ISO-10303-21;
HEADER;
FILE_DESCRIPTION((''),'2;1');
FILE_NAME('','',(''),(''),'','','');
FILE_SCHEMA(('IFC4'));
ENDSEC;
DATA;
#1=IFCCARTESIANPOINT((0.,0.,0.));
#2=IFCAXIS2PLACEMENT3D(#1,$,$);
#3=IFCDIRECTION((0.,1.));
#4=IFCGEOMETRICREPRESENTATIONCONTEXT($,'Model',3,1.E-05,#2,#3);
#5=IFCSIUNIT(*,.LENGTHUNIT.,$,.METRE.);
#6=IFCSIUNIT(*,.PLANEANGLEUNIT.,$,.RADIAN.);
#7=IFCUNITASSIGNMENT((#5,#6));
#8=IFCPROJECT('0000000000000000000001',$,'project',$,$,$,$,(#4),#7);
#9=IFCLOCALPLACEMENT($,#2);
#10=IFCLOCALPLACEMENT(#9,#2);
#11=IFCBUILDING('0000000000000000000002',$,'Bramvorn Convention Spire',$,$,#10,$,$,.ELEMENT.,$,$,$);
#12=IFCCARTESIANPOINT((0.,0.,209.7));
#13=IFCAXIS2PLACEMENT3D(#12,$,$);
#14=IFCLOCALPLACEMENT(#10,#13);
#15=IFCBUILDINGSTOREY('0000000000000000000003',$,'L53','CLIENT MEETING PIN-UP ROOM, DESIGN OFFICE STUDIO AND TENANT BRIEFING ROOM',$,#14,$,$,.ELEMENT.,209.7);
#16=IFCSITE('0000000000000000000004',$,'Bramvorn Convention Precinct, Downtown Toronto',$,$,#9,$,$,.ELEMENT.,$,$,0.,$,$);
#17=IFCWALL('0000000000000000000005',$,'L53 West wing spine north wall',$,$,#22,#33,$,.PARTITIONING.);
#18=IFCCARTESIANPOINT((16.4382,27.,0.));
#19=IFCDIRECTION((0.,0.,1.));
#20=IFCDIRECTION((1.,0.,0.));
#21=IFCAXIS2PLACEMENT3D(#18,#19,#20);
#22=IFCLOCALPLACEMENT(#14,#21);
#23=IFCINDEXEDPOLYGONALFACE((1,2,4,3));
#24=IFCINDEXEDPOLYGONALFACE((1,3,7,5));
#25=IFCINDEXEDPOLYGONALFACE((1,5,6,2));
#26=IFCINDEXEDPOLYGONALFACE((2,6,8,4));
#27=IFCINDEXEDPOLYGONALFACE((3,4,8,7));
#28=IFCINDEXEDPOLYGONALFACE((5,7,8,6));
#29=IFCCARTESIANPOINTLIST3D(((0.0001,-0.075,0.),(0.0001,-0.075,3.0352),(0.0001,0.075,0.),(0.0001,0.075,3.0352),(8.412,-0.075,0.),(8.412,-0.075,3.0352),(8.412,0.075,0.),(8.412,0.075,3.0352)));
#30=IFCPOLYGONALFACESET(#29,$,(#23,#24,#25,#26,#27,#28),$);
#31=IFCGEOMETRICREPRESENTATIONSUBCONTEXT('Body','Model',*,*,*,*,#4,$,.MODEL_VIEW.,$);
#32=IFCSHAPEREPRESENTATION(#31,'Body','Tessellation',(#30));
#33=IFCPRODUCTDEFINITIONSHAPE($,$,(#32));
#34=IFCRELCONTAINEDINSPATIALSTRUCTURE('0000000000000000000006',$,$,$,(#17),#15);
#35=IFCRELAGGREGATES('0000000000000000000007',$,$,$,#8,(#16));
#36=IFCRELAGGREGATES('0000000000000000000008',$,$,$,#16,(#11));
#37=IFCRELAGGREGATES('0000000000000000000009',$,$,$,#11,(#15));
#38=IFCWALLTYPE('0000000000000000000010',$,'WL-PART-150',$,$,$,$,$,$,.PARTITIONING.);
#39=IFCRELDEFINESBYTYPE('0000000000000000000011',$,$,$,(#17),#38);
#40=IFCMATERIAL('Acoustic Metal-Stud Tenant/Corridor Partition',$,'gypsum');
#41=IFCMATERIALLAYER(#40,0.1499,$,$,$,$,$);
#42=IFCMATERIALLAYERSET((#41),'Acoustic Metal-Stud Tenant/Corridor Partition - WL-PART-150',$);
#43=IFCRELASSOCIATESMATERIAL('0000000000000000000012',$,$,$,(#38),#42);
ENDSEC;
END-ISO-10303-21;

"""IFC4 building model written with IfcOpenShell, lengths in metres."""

from ifc_helpers import new_model, si_unit, direction, frame, frame_2d, origin, place, context, subcontext, project, spatial, rectangle, extrude, material, layer, layer_set, type_object, element, save


model = new_model("IFC4")

# Units and contexts
model_context = context("Model", 3, precision=1e-05, world=origin(), true_north=direction((0.0, 1.0)))
body_context = subcontext(model_context, "Body", "Model", "MODEL_VIEW")
ifc_project = project(units=[si_unit("LENGTHUNIT", "METRE"), si_unit("PLANEANGLEUNIT", "RADIAN")], contexts=[model_context])

# Site, building, storey
site_placement = place(None, origin())
site = spatial("IfcSite", under=ifc_project, at=site_placement, Name="Bramvorn Convention Precinct, Downtown Toronto", CompositionType="ELEMENT", RefElevation=0.0)
building_placement = place(site_placement, origin())
building = spatial("IfcBuilding", under=site, at=building_placement, Name="Bramvorn Convention Spire", CompositionType="ELEMENT")
storey_placement = place(building_placement, frame((0.0, 0.0, 209.7)))
storey = spatial("IfcBuildingStorey", under=building, at=storey_placement, Name="L53", Description="CLIENT MEETING PIN-UP ROOM, DESIGN OFFICE STUDIO AND TENANT BRIEFING ROOM", CompositionType="ELEMENT", Elevation=209.7)

# Shared definitions
ifc_material_1 = material(Name="Acoustic Metal-Stud Tenant/Corridor Partition", Category="gypsum")
ifc_layer_1 = layer(ifc_material_1, 0.1499)
ifc_layer_set_1 = layer_set([ifc_layer_1], Name="Acoustic Metal-Stud Tenant/Corridor Partition - WL-PART-150")
wall_type_1 = type_object("IfcWallType", Name="WL-PART-150", PredefinedType="PARTITIONING", material=ifc_layer_set_1)

# Wall
wall_1_placement = place(storey_placement, frame((16.4382, 27.0, 0.0), z_axis=(0.0, 0.0, 1.0), x_axis=(1.0, 0.0, 0.0)))
element("IfcWall", 1, at=wall_1_placement, inside=storey, type_object=wall_type_1, Name="L53 West wing spine north wall", PredefinedType="PARTITIONING", context=body_context, shape_type="SweptSolid", body=[
    extrude(rectangle(XDim=8.4119, YDim=0.1499, at=frame_2d((4.2061, 0.0))), origin(), (0.0, 0.0, 1.0), 3.0352),
])

save(model, "model.ifc")
